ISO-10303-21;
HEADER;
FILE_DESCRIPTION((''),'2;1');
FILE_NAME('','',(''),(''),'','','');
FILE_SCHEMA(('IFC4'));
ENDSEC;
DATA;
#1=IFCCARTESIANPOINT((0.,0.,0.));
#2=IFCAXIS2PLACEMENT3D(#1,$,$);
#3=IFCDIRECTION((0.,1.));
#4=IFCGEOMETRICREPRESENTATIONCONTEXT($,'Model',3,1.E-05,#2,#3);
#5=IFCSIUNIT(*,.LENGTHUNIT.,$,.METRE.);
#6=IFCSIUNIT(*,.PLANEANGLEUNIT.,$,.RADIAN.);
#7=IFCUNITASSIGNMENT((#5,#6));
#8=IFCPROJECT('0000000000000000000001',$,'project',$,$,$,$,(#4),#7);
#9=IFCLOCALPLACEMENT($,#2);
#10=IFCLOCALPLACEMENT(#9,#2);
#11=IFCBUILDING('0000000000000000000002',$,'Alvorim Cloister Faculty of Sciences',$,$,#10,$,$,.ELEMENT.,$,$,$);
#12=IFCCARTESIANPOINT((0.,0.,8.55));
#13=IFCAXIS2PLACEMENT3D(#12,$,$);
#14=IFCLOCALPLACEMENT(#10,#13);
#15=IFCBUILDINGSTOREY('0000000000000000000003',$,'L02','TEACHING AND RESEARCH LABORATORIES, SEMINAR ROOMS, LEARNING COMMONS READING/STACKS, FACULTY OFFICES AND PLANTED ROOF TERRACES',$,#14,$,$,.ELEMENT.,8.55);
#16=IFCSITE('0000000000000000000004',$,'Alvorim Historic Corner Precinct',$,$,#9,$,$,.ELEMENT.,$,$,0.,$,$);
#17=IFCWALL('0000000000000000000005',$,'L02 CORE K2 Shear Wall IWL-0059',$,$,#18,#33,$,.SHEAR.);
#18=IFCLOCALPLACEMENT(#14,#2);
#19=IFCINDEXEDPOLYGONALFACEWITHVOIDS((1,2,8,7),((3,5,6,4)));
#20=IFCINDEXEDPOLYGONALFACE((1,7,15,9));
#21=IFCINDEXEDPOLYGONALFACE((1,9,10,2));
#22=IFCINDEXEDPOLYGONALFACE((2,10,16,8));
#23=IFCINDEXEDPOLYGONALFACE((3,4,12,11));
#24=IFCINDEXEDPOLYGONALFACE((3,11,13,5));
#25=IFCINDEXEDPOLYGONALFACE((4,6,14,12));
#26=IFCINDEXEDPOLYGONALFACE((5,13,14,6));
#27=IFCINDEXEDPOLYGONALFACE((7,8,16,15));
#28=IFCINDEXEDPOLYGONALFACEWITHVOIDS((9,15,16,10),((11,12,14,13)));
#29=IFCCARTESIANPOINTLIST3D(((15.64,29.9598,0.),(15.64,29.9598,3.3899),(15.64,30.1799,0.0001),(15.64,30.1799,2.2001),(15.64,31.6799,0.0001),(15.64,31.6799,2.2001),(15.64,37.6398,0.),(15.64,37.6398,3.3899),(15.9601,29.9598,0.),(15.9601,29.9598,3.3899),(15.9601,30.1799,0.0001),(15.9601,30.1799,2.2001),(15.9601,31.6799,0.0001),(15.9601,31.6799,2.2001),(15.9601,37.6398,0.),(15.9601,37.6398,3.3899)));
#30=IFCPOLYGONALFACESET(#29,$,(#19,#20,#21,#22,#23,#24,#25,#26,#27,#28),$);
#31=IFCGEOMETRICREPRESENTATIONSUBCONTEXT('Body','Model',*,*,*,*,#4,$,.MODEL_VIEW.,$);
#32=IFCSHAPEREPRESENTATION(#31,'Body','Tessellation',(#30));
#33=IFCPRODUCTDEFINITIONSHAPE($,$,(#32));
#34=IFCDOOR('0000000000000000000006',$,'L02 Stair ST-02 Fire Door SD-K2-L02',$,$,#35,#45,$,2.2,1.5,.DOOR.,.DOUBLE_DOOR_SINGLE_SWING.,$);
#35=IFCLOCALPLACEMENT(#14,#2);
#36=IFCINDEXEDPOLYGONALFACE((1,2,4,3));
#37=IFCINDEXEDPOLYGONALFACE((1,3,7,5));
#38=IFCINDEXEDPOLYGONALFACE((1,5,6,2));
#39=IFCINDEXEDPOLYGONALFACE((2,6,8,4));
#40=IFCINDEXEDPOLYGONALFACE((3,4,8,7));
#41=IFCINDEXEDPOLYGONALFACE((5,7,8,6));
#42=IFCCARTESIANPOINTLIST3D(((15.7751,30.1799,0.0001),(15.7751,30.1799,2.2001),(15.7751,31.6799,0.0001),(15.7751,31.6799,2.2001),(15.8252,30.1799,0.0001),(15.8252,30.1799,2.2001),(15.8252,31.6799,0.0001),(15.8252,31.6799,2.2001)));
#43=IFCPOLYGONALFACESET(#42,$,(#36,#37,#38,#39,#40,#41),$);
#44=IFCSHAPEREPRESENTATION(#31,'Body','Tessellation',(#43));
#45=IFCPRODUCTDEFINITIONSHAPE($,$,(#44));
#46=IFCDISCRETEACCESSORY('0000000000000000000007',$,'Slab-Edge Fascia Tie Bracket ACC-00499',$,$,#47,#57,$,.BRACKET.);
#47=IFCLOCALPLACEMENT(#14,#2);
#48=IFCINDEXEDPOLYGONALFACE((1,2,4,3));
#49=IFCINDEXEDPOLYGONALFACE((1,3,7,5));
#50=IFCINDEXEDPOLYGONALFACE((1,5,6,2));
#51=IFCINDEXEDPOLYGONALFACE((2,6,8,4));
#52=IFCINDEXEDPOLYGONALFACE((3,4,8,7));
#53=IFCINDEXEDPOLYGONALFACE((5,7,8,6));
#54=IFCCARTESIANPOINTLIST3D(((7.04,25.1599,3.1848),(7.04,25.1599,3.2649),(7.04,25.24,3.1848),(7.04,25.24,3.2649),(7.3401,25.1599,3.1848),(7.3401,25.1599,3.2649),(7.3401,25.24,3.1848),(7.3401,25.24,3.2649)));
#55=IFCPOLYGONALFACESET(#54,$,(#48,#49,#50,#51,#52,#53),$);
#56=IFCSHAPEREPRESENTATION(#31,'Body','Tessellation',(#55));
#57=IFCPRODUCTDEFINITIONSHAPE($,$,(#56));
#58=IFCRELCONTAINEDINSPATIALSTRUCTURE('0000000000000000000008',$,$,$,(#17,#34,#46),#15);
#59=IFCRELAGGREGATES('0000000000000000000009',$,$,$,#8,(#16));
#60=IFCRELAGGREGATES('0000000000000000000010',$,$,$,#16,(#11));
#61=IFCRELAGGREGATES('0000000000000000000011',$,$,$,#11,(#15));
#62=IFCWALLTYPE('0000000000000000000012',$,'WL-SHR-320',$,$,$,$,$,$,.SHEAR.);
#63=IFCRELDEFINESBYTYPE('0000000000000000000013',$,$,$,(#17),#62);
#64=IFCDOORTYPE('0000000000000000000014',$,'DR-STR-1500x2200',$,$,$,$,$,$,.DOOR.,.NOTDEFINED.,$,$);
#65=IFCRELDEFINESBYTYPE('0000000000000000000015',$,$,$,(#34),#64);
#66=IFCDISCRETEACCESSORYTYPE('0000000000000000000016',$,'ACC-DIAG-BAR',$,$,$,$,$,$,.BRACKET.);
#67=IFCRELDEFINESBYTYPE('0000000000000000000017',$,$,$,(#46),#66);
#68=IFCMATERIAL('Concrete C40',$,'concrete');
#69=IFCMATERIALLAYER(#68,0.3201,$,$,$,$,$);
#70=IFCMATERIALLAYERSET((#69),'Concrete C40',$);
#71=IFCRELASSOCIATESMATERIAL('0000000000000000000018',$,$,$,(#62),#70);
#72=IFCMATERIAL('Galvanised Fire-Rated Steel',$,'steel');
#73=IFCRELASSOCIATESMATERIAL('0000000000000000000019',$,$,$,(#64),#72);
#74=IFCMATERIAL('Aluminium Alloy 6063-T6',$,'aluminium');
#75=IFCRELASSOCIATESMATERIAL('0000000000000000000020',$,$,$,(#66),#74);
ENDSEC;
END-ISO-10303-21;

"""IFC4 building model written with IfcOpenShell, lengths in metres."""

from ifc_helpers import new_model, si_unit, direction, frame, frame_2d, origin, origin_2d, place, context, subcontext, project, spatial, rectangle, extrude, material, layer, layer_set, type_object, element, fill, save


model = new_model("IFC4")

# Units and contexts
model_context = context("Model", 3, precision=1e-05, world=origin(), true_north=direction((0.0, 1.0)))
body_context = subcontext(model_context, "Body", "Model", "MODEL_VIEW")
ifc_project = project(units=[si_unit("LENGTHUNIT", "METRE"), si_unit("PLANEANGLEUNIT", "RADIAN")], contexts=[model_context])

# Site, building, storey
site_placement = place(None, origin())
site = spatial("IfcSite", under=ifc_project, at=site_placement, Name="Alvorim Historic Corner Precinct", CompositionType="ELEMENT", RefElevation=0.0)
building_placement = place(site_placement, origin())
building = spatial("IfcBuilding", under=site, at=building_placement, Name="Alvorim Cloister Faculty of Sciences", CompositionType="ELEMENT")
storey_placement = place(building_placement, frame((0.0, 0.0, 8.55)))
storey = spatial("IfcBuildingStorey", under=building, at=storey_placement, Name="L02", Description="TEACHING AND RESEARCH LABORATORIES, SEMINAR ROOMS, LEARNING COMMONS READING/STACKS, FACULTY OFFICES AND PLANTED ROOF TERRACES", CompositionType="ELEMENT", Elevation=8.55)

# Shared definitions
ifc_material_1 = material(Name="Aluminium Alloy 6063-T6", Category="aluminium")

# Shared definitions
ifc_material_2 = material(Name="Concrete C40", Category="concrete")

# Shared definitions
ifc_layer_1 = layer(ifc_material_2, 0.3201)
ifc_layer_set_1 = layer_set([ifc_layer_1], Name="Concrete C40")
wall_type_1 = type_object("IfcWallType", Name="WL-SHR-320", PredefinedType="SHEAR", material=ifc_layer_set_1)

# Wall, opening, door
wall_1_placement = place(storey_placement, frame((15.8, 29.96, 0.0), z_axis=(0.0, 0.0, 1.0), x_axis=(0.0, 1.0, 0.0)))
wall_1 = element("IfcWall", 1, at=wall_1_placement, inside=storey, type_object=wall_type_1, Name="L02 CORE K2 Shear Wall IWL-0059", PredefinedType="SHEAR", context=body_context, shape_type="SweptSolid", body=[
    extrude(rectangle(XDim=7.6799, YDim=0.3201, at=frame_2d((3.8398, 0.0))), origin(), (0.0, 0.0, 1.0), 3.3899),
])
opening_1_placement = place(wall_1_placement, frame((0.22, 0.0, 0.0)))
opening_1 = element("IfcOpeningElement", 2, at=opening_1_placement, cuts=wall_1, PredefinedType="OPENING", context=body_context, shape_type="SweptSolid", body=[
    extrude(rectangle(XDim=1.5, YDim=2.2, at=frame_2d((0.75, 1.1001))), frame((0.0, 0.1719, 0.0), z_axis=(0.0, -1.0, 0.0), x_axis=(1.0, 0.0, 0.0)), (0.0, 0.0, 1.0), 0.344),
])
ifc_material_3 = material(Name="Galvanised Fire-Rated Steel", Category="steel")
door_type_1 = type_object("IfcDoorType", Name="DR-STR-1500x2200", OperationType="NOTDEFINED", PredefinedType="DOOR", material=ifc_material_3)
door_1_placement = place(opening_1_placement, origin())
door_1 = element("IfcDoor", 3, at=door_1_placement, inside=storey, type_object=door_type_1, Name="L02 Stair ST-02 Fire Door SD-K2-L02", OperationType="DOUBLE_DOOR_SINGLE_SWING", OverallHeight=2.2, OverallWidth=1.5, PredefinedType="DOOR", context=body_context, shape_type="SweptSolid", body=[
    extrude(rectangle(XDim=1.5, YDim=2.2, at=frame_2d((0.75, 1.1001))), frame((0.0, 0.0249, 0.0), z_axis=(0.0, -1.0, 0.0), x_axis=(1.0, 0.0, 0.0)), (0.0, 0.0, 1.0), 0.05),
])
fill(opening_1, door_1)

# Discrete accessory
discrete_accessory_type = type_object("IfcDiscreteAccessoryType", Name="ACC-DIAG-BAR", PredefinedType="BRACKET", material=ifc_material_1)
discrete_accessory_placement = place(storey_placement, frame((7.3401, 25.2, 3.2249), z_axis=(-1.0, 0.0, 0.0), x_axis=(0.0, -1.0, 0.0)))
element("IfcDiscreteAccessory", 4, at=discrete_accessory_placement, inside=storey, type_object=discrete_accessory_type, Name="Slab-Edge Fascia Tie Bracket ACC-00499", PredefinedType="BRACKET", context=body_context, shape_type="SweptSolid", body=[
    extrude(rectangle(XDim=0.0801, YDim=0.0801, at=origin_2d()), origin(), (0.0, 0.0, 1.0), 0.3),
])

save(model, "model.ifc")
